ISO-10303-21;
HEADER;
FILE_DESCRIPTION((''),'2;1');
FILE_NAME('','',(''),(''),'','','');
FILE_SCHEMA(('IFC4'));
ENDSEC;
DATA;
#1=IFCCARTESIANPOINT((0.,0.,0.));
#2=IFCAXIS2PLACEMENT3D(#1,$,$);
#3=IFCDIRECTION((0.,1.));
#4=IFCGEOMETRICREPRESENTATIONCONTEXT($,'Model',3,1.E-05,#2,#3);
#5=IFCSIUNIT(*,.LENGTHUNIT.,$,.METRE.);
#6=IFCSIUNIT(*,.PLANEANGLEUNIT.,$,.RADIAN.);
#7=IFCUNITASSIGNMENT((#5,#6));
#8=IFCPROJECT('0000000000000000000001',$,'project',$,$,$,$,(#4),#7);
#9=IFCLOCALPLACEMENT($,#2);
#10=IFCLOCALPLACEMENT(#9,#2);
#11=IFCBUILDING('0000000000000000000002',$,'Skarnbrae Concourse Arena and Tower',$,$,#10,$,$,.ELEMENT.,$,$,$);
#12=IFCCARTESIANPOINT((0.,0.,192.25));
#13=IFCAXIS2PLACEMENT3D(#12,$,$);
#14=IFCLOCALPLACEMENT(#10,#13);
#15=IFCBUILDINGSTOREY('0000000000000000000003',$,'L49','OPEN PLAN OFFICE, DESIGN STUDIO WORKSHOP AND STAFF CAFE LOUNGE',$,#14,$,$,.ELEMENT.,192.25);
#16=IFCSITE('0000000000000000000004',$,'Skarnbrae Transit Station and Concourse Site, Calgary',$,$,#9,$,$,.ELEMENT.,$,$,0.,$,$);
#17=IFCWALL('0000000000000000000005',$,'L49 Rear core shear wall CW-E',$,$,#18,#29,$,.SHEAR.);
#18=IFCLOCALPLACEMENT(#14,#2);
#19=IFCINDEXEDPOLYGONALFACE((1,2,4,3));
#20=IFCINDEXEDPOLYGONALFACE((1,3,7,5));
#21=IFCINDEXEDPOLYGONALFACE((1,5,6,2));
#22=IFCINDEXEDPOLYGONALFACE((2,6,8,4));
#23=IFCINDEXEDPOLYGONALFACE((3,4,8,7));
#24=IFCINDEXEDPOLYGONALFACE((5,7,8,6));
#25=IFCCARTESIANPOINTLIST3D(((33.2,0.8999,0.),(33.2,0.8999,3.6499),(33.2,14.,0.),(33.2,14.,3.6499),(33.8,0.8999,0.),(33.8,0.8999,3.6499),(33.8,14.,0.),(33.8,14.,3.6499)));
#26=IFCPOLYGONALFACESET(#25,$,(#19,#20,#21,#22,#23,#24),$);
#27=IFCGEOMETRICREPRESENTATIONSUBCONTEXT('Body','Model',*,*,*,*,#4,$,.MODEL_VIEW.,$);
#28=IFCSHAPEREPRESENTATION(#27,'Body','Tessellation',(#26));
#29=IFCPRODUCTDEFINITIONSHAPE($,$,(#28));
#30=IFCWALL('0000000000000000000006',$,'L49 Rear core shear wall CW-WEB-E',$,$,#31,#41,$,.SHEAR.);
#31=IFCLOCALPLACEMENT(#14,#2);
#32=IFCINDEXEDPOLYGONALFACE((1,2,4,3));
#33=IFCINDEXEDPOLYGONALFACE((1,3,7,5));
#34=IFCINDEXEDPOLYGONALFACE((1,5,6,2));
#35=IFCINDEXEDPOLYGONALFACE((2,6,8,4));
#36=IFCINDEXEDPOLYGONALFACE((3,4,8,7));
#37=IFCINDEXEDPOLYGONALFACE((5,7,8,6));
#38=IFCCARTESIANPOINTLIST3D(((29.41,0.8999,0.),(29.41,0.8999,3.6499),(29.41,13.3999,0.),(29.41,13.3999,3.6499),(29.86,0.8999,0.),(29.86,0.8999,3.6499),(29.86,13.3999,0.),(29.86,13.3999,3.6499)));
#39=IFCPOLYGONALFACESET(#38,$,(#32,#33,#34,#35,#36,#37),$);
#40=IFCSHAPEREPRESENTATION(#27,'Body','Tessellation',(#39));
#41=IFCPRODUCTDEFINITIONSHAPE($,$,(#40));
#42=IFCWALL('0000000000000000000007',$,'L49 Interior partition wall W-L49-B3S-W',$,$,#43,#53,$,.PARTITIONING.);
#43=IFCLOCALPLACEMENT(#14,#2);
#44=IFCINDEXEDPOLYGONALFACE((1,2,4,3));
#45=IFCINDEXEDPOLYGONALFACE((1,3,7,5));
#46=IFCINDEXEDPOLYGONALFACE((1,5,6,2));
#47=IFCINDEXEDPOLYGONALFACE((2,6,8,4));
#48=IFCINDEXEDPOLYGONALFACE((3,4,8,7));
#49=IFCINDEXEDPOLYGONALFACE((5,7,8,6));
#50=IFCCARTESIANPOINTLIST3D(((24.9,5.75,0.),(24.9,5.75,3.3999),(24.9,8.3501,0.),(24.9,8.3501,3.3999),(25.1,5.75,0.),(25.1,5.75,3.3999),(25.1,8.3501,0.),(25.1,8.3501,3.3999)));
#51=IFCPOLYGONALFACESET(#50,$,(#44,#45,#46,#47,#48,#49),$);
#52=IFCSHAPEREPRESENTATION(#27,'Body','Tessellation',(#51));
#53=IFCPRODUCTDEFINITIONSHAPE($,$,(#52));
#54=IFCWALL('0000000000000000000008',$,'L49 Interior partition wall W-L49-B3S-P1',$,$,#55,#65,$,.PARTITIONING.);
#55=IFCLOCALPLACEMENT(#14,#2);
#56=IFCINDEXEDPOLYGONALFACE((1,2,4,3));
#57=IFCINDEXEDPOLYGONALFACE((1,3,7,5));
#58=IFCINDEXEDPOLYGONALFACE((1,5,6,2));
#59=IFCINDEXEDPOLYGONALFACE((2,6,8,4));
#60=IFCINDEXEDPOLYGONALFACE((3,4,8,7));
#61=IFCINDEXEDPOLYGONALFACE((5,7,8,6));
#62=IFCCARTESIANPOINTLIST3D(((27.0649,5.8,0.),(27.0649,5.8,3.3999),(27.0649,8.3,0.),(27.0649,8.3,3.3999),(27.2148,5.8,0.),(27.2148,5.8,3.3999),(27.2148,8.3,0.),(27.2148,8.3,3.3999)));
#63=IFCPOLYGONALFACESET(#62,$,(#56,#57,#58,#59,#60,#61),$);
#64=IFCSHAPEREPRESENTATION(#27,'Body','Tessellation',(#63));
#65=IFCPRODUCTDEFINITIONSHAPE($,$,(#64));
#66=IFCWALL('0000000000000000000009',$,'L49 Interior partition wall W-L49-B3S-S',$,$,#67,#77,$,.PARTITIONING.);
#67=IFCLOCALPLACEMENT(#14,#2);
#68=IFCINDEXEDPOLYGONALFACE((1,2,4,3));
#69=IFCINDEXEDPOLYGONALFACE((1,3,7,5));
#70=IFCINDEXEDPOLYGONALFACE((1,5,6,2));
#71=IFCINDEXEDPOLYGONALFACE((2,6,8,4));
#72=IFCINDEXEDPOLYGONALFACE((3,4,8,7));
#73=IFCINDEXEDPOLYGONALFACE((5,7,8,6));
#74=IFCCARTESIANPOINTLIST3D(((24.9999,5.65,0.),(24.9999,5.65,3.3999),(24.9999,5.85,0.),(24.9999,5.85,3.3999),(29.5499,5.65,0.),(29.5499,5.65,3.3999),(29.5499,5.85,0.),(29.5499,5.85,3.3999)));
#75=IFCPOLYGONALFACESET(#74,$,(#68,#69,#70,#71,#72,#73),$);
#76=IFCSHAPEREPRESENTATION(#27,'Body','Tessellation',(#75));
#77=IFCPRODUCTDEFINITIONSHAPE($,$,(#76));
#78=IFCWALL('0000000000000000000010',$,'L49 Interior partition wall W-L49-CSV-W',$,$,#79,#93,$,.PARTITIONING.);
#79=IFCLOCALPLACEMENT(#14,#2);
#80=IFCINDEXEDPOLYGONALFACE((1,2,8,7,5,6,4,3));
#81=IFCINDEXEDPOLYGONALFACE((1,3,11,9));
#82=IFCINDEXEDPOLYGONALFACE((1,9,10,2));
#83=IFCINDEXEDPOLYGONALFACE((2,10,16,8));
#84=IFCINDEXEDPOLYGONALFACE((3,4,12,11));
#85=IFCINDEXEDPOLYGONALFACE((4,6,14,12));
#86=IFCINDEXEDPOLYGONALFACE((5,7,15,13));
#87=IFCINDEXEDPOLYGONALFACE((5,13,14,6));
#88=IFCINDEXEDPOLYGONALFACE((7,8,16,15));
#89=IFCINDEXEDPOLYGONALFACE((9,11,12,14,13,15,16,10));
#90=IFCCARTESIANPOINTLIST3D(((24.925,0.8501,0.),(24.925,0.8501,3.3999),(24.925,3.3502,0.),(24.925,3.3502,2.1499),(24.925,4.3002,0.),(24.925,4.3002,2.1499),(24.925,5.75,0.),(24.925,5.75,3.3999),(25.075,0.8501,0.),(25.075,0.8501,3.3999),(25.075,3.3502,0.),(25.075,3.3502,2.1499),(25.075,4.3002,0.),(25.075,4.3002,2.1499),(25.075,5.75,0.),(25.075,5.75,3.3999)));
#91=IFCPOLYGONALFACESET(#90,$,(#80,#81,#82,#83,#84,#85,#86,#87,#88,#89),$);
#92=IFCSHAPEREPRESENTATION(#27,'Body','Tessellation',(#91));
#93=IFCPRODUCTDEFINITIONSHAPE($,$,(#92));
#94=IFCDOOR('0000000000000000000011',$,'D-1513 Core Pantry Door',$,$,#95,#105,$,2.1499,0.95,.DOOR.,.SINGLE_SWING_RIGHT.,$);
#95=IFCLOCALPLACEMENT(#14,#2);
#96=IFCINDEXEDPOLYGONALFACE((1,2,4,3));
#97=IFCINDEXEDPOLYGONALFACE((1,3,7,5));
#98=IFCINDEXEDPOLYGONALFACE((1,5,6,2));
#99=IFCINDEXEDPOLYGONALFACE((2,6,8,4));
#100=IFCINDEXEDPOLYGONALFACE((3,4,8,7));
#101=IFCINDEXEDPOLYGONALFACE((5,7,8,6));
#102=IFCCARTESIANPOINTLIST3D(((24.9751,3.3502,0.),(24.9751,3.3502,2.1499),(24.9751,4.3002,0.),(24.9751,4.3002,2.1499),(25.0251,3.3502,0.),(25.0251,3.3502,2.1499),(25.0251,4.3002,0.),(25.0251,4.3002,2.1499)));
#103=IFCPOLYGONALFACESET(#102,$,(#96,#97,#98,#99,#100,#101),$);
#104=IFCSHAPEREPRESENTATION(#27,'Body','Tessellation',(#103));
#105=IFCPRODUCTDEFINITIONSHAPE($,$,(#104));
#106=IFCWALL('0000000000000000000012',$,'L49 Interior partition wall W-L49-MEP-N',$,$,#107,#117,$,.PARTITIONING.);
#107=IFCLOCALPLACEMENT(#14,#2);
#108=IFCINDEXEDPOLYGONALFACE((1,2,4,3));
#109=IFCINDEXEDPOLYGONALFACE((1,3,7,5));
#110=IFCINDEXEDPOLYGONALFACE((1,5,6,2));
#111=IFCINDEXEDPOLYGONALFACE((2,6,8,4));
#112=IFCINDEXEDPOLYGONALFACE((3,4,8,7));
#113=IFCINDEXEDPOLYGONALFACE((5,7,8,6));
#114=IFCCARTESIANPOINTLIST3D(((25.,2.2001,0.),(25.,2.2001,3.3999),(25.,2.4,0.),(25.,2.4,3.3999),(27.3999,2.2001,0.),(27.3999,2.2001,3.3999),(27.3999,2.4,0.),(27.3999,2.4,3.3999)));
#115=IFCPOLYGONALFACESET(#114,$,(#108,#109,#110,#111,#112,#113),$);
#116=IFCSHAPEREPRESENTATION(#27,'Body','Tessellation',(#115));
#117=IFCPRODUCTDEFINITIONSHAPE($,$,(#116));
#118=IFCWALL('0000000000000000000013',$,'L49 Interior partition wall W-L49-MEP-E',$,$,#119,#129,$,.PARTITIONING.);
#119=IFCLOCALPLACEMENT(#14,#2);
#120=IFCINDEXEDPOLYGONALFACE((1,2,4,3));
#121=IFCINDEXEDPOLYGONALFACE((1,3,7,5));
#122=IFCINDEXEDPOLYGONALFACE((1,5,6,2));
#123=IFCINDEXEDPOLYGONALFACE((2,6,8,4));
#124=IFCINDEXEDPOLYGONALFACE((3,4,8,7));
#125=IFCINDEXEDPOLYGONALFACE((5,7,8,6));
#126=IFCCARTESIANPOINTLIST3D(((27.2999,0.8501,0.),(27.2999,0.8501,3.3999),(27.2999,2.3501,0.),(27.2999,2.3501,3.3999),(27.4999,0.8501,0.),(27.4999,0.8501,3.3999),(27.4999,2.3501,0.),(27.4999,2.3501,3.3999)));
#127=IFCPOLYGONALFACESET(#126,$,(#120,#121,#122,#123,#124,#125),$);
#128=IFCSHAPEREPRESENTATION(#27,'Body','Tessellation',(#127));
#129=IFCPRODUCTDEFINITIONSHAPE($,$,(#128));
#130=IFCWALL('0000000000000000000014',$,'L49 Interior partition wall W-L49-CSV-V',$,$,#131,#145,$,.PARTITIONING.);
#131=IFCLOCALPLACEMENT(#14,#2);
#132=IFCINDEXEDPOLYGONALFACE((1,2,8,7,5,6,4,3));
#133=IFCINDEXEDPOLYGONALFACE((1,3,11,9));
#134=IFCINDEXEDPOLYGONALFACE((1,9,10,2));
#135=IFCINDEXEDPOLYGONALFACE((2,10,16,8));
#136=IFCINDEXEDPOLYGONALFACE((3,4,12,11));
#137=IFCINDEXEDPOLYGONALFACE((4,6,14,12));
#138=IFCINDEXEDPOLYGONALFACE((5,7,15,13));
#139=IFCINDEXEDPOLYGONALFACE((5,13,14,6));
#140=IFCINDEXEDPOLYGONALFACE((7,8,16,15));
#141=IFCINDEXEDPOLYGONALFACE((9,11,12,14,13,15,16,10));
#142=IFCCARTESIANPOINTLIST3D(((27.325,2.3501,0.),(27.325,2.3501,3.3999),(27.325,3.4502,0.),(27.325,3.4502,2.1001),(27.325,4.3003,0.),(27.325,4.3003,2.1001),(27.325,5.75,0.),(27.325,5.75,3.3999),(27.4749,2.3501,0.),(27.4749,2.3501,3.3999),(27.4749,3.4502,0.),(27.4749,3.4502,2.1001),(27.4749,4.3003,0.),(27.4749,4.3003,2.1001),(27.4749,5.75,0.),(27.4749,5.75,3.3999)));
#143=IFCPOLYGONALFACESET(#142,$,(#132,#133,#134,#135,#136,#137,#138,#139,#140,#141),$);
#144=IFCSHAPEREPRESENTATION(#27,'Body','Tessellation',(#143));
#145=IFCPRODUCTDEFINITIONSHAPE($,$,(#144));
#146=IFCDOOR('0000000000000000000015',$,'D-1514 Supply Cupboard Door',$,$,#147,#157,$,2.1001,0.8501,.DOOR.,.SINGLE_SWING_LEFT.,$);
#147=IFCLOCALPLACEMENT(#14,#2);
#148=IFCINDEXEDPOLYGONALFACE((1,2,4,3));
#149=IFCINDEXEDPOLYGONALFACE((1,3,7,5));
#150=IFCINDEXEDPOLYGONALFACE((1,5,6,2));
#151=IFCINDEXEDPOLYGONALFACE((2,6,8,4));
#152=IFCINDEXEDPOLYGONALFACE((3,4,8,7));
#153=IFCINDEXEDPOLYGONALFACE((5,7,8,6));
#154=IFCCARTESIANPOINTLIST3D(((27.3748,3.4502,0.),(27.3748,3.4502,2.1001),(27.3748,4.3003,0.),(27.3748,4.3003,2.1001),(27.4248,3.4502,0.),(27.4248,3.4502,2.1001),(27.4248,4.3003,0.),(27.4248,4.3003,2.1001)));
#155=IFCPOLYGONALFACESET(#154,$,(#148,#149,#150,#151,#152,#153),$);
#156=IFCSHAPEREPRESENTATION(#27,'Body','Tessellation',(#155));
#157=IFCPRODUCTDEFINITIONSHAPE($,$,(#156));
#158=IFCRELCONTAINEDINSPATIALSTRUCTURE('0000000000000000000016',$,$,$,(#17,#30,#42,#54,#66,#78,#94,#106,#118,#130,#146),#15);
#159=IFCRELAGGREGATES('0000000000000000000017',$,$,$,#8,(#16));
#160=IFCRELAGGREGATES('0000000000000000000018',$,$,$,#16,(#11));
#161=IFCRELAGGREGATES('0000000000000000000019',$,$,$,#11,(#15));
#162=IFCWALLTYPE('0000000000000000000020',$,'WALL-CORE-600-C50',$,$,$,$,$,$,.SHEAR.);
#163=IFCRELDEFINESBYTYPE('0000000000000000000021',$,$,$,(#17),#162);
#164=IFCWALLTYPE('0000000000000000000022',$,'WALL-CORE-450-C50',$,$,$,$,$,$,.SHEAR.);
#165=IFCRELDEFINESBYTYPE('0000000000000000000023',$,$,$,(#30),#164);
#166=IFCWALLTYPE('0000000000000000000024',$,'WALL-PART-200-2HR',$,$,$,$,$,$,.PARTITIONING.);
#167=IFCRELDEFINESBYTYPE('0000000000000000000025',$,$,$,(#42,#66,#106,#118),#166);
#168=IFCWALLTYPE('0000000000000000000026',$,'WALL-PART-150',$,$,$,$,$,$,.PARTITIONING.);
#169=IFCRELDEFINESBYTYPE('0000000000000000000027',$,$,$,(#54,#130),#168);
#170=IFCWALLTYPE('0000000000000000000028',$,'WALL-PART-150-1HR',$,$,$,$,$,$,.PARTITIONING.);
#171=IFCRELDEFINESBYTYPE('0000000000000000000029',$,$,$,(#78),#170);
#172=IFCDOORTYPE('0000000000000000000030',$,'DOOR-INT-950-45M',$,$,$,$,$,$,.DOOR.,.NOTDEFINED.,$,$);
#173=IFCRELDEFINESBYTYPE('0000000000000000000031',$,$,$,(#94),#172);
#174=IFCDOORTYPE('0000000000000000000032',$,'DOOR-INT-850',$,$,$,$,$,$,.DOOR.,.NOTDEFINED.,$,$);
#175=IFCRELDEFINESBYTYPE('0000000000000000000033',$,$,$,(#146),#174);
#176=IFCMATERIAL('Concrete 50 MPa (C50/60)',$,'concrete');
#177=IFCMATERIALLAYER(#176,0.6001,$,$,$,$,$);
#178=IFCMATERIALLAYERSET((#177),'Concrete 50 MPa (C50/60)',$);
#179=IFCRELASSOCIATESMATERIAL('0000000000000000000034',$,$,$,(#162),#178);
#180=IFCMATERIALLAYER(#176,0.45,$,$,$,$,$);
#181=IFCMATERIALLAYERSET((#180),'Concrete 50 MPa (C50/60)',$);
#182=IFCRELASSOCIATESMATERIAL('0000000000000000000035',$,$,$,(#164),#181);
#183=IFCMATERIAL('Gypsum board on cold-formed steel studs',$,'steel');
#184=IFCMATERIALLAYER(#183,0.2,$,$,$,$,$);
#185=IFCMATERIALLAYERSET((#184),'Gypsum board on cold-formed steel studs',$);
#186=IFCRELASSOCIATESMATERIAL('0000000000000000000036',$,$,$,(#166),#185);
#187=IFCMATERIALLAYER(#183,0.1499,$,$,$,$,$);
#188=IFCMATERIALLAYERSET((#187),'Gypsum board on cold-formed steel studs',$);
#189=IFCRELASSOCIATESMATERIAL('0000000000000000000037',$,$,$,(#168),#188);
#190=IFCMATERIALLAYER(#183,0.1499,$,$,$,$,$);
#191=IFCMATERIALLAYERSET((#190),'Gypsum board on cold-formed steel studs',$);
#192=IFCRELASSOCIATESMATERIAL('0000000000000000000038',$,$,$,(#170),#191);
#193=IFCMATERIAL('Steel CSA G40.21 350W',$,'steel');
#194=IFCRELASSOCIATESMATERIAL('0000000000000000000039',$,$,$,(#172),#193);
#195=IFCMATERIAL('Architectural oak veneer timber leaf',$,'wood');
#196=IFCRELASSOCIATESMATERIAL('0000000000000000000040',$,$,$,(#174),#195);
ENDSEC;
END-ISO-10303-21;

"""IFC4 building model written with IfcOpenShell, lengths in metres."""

from ifc_helpers import new_model, si_unit, direction, frame, frame_2d, origin, place, context, subcontext, project, spatial, rectangle, extrude, source, transform, mapped, material, layer, layer_set, type_object, element, fill, save


model = new_model("IFC4")

# Units and contexts
model_context = context("Model", 3, precision=1e-05, world=origin(), true_north=direction((0.0, 1.0)))
body_context = subcontext(model_context, "Body", "Model", "MODEL_VIEW")
ifc_project = project(units=[si_unit("LENGTHUNIT", "METRE"), si_unit("PLANEANGLEUNIT", "RADIAN")], contexts=[model_context])

# Site, building, storey
site_placement = place(None, origin())
site = spatial("IfcSite", under=ifc_project, at=site_placement, Name="Skarnbrae Transit Station and Concourse Site, Calgary", CompositionType="ELEMENT", RefElevation=0.0)
building_placement = place(site_placement, origin())
building = spatial("IfcBuilding", under=site, at=building_placement, Name="Skarnbrae Concourse Arena and Tower", CompositionType="ELEMENT")
storey_placement = place(building_placement, frame((0.0, 0.0, 192.25)))
storey = spatial("IfcBuildingStorey", under=building, at=storey_placement, Name="L49", Description="OPEN PLAN OFFICE, DESIGN STUDIO WORKSHOP AND STAFF CAFE LOUNGE", CompositionType="ELEMENT", Elevation=192.25)

# Walls
ifc_material_1 = material(Name="Concrete 50 MPa (C50/60)", Category="concrete")
ifc_layer_1 = layer(ifc_material_1, 0.6001)
ifc_layer_set_1 = layer_set([ifc_layer_1], Name="Concrete 50 MPa (C50/60)")
wall_type_1 = type_object("IfcWallType", Name="WALL-CORE-600-C50", PredefinedType="SHEAR", material=ifc_layer_set_1)
shared_shape_1 = source(origin(), body_context, "Body", "SweptSolid", [
    extrude(rectangle(XDim=13.1001, YDim=0.6001, at=frame_2d((6.55, 0.0))), origin(), (0.0, 0.0, 1.0), 3.6499),
])
wall_1_placement = place(storey_placement, frame((33.5, 0.8999, 0.0), z_axis=(0.0, 0.0, 1.0), x_axis=(0.0, 1.0, 0.0)))
element("IfcWall", 1, at=wall_1_placement, inside=storey, type_object=wall_type_1, Name="L49 Rear core shear wall CW-E", PredefinedType="SHEAR", context=body_context, shape_type="MappedRepresentation", body=[
    mapped(shared_shape_1, transform((0.0, 0.0, 0.0))),
])
ifc_layer_2 = layer(ifc_material_1, 0.45)
ifc_layer_set_2 = layer_set([ifc_layer_2], Name="Concrete 50 MPa (C50/60)")
wall_type_2 = type_object("IfcWallType", Name="WALL-CORE-450-C50", PredefinedType="SHEAR", material=ifc_layer_set_2)
shared_shape_2 = source(origin(), body_context, "Body", "SweptSolid", [
    extrude(rectangle(XDim=12.5, YDim=0.45, at=frame_2d((6.25, 0.0))), origin(), (0.0, 0.0, 1.0), 3.6499),
])
wall_2_placement = place(storey_placement, frame((29.635, 0.8999, 0.0), z_axis=(0.0, 0.0, 1.0), x_axis=(0.0, 1.0, 0.0)))
element("IfcWall", 2, at=wall_2_placement, inside=storey, type_object=wall_type_2, Name="L49 Rear core shear wall CW-WEB-E", PredefinedType="SHEAR", context=body_context, shape_type="MappedRepresentation", body=[
    mapped(shared_shape_2, transform((0.0, 0.0, 0.0))),
])
ifc_material_2 = material(Name="Gypsum board on cold-formed steel studs", Category="steel")
ifc_layer_3 = layer(ifc_material_2, 0.2)
ifc_layer_set_3 = layer_set([ifc_layer_3], Name="Gypsum board on cold-formed steel studs")
wall_type_3 = type_object("IfcWallType", Name="WALL-PART-200-2HR", PredefinedType="PARTITIONING", material=ifc_layer_set_3)
shared_shape_3 = source(origin(), body_context, "Body", "SweptSolid", [
    extrude(rectangle(XDim=2.6001, YDim=0.2, at=frame_2d((1.3, 0.0))), origin(), (0.0, 0.0, 1.0), 3.3999),
])
wall_3_placement = place(storey_placement, frame((25.0, 5.75, 0.0), z_axis=(0.0, 0.0, 1.0), x_axis=(0.0, 1.0, 0.0)))
element("IfcWall", 3, at=wall_3_placement, inside=storey, type_object=wall_type_3, Name="L49 Interior partition wall W-L49-B3S-W", PredefinedType="PARTITIONING", context=body_context, shape_type="MappedRepresentation", body=[
    mapped(shared_shape_3, transform((0.0, 0.0, 0.0))),
])
ifc_layer_4 = layer(ifc_material_2, 0.1499)
ifc_layer_set_4 = layer_set([ifc_layer_4], Name="Gypsum board on cold-formed steel studs")
wall_type_4 = type_object("IfcWallType", Name="WALL-PART-150", PredefinedType="PARTITIONING", material=ifc_layer_set_4)
shared_shape_4 = source(origin(), body_context, "Body", "SweptSolid", [
    extrude(rectangle(XDim=2.5, YDim=0.1499, at=frame_2d((1.25, 0.0))), origin(), (0.0, 0.0, 1.0), 3.3999),
])
wall_4_placement = place(storey_placement, frame((27.1399, 5.8, 0.0), z_axis=(0.0, 0.0, 1.0), x_axis=(0.0, 1.0, 0.0)))
element("IfcWall", 4, at=wall_4_placement, inside=storey, type_object=wall_type_4, Name="L49 Interior partition wall W-L49-B3S-P1", PredefinedType="PARTITIONING", context=body_context, shape_type="MappedRepresentation", body=[
    mapped(shared_shape_4, transform((0.0, 0.0, 0.0))),
])

# Shared definitions
shared_shape_5 = source(origin(), body_context, "Body", "SweptSolid", [
    extrude(rectangle(XDim=4.55, YDim=0.2, at=frame_2d((2.2749, 0.0))), origin(), (0.0, 0.0, 1.0), 3.3999),
])

# Wall
wall_5_placement = place(storey_placement, frame((25.0, 5.75, 0.0), z_axis=(0.0, 0.0, 1.0), x_axis=(1.0, 0.0, 0.0)))
element("IfcWall", 5, at=wall_5_placement, inside=storey, type_object=wall_type_3, Name="L49 Interior partition wall W-L49-B3S-S", PredefinedType="PARTITIONING", context=body_context, shape_type="MappedRepresentation", body=[
    mapped(shared_shape_5, transform((0.0, 0.0, 0.0))),
])

# Wall, opening, door
ifc_layer_5 = layer(ifc_material_2, 0.1499)
ifc_layer_set_5 = layer_set([ifc_layer_5], Name="Gypsum board on cold-formed steel studs")
wall_type_5 = type_object("IfcWallType", Name="WALL-PART-150-1HR", PredefinedType="PARTITIONING", material=ifc_layer_set_5)
shared_shape_6 = source(origin(), body_context, "Body", "SweptSolid", [
    extrude(rectangle(XDim=4.8999, YDim=0.1499, at=frame_2d((2.45, 0.0))), origin(), (0.0, 0.0, 1.0), 3.3999),
])
wall_6_placement = place(storey_placement, frame((25.0, 0.8501, 0.0), z_axis=(0.0, 0.0, 1.0), x_axis=(0.0, 1.0, 0.0)))
wall_6 = element("IfcWall", 6, at=wall_6_placement, inside=storey, type_object=wall_type_5, Name="L49 Interior partition wall W-L49-CSV-W", PredefinedType="PARTITIONING", context=body_context, shape_type="MappedRepresentation", body=[
    mapped(shared_shape_6, transform((0.0, 0.0, 0.0))),
])
opening_1_placement = place(wall_6_placement, frame((2.5, 0.0, 0.0)))
opening_1 = element("IfcOpeningElement", 7, at=opening_1_placement, cuts=wall_6, PredefinedType="OPENING", context=body_context, shape_type="SweptSolid", body=[
    extrude(rectangle(XDim=0.95, YDim=2.1499, at=frame_2d((0.4751, 1.075))), frame((0.0, 0.085, 0.0), z_axis=(0.0, -1.0, 0.0), x_axis=(1.0, 0.0, 0.0)), (0.0, 0.0, 1.0), 0.1699),
])
ifc_material_3 = material(Name="Steel CSA G40.21 350W", Category="steel")
door_type_1 = type_object("IfcDoorType", Name="DOOR-INT-950-45M", OperationType="NOTDEFINED", PredefinedType="DOOR", material=ifc_material_3)
shared_shape_7 = source(origin(), body_context, "Body", "SweptSolid", [
    extrude(rectangle(XDim=0.95, YDim=2.1499, at=frame_2d((0.4751, 1.075))), frame((0.0, 0.0249, 0.0), z_axis=(0.0, -1.0, 0.0), x_axis=(1.0, 0.0, 0.0)), (0.0, 0.0, 1.0), 0.05),
])
door_1_placement = place(opening_1_placement, origin())
door_1 = element("IfcDoor", 8, at=door_1_placement, inside=storey, type_object=door_type_1, Name="D-1513 Core Pantry Door", OperationType="SINGLE_SWING_RIGHT", OverallHeight=2.1499, OverallWidth=0.95, PredefinedType="DOOR", context=body_context, shape_type="MappedRepresentation", body=[
    mapped(shared_shape_7, transform((0.0, 0.0, 0.0))),
])
fill(opening_1, door_1)

# Walls
shared_shape_8 = source(origin(), body_context, "Body", "SweptSolid", [
    extrude(rectangle(XDim=2.3999, YDim=0.2, at=frame_2d((1.2, 0.0))), origin(), (0.0, 0.0, 1.0), 3.3999),
])
wall_7_placement = place(storey_placement, frame((25.0, 2.3, 0.0), z_axis=(0.0, 0.0, 1.0), x_axis=(1.0, 0.0, 0.0)))
element("IfcWall", 9, at=wall_7_placement, inside=storey, type_object=wall_type_3, Name="L49 Interior partition wall W-L49-MEP-N", PredefinedType="PARTITIONING", context=body_context, shape_type="MappedRepresentation", body=[
    mapped(shared_shape_8, transform((0.0, 0.0, 0.0))),
])
shared_shape_9 = source(origin(), body_context, "Body", "SweptSolid", [
    extrude(rectangle(XDim=1.5, YDim=0.2, at=frame_2d((0.75, 0.0))), origin(), (0.0, 0.0, 1.0), 3.3999),
])
wall_8_placement = place(storey_placement, frame((27.3999, 0.8501, 0.0), z_axis=(0.0, 0.0, 1.0), x_axis=(0.0, 1.0, 0.0)))
element("IfcWall", 10, at=wall_8_placement, inside=storey, type_object=wall_type_3, Name="L49 Interior partition wall W-L49-MEP-E", PredefinedType="PARTITIONING", context=body_context, shape_type="MappedRepresentation", body=[
    mapped(shared_shape_9, transform((0.0, 0.0, 0.0))),
])

# Wall, opening, door
shared_shape_10 = source(origin(), body_context, "Body", "SweptSolid", [
    extrude(rectangle(XDim=3.3999, YDim=0.1499, at=frame_2d((1.7, 0.0))), origin(), (0.0, 0.0, 1.0), 3.3999),
])
wall_9_placement = place(storey_placement, frame((27.3999, 2.3501, 0.0), z_axis=(0.0, 0.0, 1.0), x_axis=(0.0, 1.0, 0.0)))
wall_9 = element("IfcWall", 11, at=wall_9_placement, inside=storey, type_object=wall_type_4, Name="L49 Interior partition wall W-L49-CSV-V", PredefinedType="PARTITIONING", context=body_context, shape_type="MappedRepresentation", body=[
    mapped(shared_shape_10, transform((0.0, 0.0, 0.0))),
])
opening_2_placement = place(wall_9_placement, frame((1.1001, 0.0, 0.0)))
opening_2 = element("IfcOpeningElement", 12, at=opening_2_placement, cuts=wall_9, PredefinedType="OPENING", context=body_context, shape_type="SweptSolid", body=[
    extrude(rectangle(XDim=0.8501, YDim=2.1001, at=frame_2d((0.425, 1.05))), frame((0.0, 0.085, 0.0), z_axis=(0.0, -1.0, 0.0), x_axis=(1.0, 0.0, 0.0)), (0.0, 0.0, 1.0), 0.1699),
])
ifc_material_4 = material(Name="Architectural oak veneer timber leaf", Category="wood")
door_type_2 = type_object("IfcDoorType", Name="DOOR-INT-850", OperationType="NOTDEFINED", PredefinedType="DOOR", material=ifc_material_4)
shared_shape_11 = source(origin(), body_context, "Body", "SweptSolid", [
    extrude(rectangle(XDim=0.8501, YDim=2.1001, at=frame_2d((0.425, 1.05))), frame((0.0, 0.0249, 0.0), z_axis=(0.0, -1.0, 0.0), x_axis=(1.0, 0.0, 0.0)), (0.0, 0.0, 1.0), 0.05),
])
door_2_placement = place(opening_2_placement, frame((0.8501, 0.0, 0.0), z_axis=(0.0, 0.0, 1.0), x_axis=(-1.0, 0.0, 0.0)))
door_2 = element("IfcDoor", 13, at=door_2_placement, inside=storey, type_object=door_type_2, Name="D-1514 Supply Cupboard Door", OperationType="SINGLE_SWING_LEFT", OverallHeight=2.1001, OverallWidth=0.8501, PredefinedType="DOOR", context=body_context, shape_type="MappedRepresentation", body=[
    mapped(shared_shape_11, transform((0.0, 0.0, 0.0))),
])
fill(opening_2, door_2)

save(model, "model.ifc")
